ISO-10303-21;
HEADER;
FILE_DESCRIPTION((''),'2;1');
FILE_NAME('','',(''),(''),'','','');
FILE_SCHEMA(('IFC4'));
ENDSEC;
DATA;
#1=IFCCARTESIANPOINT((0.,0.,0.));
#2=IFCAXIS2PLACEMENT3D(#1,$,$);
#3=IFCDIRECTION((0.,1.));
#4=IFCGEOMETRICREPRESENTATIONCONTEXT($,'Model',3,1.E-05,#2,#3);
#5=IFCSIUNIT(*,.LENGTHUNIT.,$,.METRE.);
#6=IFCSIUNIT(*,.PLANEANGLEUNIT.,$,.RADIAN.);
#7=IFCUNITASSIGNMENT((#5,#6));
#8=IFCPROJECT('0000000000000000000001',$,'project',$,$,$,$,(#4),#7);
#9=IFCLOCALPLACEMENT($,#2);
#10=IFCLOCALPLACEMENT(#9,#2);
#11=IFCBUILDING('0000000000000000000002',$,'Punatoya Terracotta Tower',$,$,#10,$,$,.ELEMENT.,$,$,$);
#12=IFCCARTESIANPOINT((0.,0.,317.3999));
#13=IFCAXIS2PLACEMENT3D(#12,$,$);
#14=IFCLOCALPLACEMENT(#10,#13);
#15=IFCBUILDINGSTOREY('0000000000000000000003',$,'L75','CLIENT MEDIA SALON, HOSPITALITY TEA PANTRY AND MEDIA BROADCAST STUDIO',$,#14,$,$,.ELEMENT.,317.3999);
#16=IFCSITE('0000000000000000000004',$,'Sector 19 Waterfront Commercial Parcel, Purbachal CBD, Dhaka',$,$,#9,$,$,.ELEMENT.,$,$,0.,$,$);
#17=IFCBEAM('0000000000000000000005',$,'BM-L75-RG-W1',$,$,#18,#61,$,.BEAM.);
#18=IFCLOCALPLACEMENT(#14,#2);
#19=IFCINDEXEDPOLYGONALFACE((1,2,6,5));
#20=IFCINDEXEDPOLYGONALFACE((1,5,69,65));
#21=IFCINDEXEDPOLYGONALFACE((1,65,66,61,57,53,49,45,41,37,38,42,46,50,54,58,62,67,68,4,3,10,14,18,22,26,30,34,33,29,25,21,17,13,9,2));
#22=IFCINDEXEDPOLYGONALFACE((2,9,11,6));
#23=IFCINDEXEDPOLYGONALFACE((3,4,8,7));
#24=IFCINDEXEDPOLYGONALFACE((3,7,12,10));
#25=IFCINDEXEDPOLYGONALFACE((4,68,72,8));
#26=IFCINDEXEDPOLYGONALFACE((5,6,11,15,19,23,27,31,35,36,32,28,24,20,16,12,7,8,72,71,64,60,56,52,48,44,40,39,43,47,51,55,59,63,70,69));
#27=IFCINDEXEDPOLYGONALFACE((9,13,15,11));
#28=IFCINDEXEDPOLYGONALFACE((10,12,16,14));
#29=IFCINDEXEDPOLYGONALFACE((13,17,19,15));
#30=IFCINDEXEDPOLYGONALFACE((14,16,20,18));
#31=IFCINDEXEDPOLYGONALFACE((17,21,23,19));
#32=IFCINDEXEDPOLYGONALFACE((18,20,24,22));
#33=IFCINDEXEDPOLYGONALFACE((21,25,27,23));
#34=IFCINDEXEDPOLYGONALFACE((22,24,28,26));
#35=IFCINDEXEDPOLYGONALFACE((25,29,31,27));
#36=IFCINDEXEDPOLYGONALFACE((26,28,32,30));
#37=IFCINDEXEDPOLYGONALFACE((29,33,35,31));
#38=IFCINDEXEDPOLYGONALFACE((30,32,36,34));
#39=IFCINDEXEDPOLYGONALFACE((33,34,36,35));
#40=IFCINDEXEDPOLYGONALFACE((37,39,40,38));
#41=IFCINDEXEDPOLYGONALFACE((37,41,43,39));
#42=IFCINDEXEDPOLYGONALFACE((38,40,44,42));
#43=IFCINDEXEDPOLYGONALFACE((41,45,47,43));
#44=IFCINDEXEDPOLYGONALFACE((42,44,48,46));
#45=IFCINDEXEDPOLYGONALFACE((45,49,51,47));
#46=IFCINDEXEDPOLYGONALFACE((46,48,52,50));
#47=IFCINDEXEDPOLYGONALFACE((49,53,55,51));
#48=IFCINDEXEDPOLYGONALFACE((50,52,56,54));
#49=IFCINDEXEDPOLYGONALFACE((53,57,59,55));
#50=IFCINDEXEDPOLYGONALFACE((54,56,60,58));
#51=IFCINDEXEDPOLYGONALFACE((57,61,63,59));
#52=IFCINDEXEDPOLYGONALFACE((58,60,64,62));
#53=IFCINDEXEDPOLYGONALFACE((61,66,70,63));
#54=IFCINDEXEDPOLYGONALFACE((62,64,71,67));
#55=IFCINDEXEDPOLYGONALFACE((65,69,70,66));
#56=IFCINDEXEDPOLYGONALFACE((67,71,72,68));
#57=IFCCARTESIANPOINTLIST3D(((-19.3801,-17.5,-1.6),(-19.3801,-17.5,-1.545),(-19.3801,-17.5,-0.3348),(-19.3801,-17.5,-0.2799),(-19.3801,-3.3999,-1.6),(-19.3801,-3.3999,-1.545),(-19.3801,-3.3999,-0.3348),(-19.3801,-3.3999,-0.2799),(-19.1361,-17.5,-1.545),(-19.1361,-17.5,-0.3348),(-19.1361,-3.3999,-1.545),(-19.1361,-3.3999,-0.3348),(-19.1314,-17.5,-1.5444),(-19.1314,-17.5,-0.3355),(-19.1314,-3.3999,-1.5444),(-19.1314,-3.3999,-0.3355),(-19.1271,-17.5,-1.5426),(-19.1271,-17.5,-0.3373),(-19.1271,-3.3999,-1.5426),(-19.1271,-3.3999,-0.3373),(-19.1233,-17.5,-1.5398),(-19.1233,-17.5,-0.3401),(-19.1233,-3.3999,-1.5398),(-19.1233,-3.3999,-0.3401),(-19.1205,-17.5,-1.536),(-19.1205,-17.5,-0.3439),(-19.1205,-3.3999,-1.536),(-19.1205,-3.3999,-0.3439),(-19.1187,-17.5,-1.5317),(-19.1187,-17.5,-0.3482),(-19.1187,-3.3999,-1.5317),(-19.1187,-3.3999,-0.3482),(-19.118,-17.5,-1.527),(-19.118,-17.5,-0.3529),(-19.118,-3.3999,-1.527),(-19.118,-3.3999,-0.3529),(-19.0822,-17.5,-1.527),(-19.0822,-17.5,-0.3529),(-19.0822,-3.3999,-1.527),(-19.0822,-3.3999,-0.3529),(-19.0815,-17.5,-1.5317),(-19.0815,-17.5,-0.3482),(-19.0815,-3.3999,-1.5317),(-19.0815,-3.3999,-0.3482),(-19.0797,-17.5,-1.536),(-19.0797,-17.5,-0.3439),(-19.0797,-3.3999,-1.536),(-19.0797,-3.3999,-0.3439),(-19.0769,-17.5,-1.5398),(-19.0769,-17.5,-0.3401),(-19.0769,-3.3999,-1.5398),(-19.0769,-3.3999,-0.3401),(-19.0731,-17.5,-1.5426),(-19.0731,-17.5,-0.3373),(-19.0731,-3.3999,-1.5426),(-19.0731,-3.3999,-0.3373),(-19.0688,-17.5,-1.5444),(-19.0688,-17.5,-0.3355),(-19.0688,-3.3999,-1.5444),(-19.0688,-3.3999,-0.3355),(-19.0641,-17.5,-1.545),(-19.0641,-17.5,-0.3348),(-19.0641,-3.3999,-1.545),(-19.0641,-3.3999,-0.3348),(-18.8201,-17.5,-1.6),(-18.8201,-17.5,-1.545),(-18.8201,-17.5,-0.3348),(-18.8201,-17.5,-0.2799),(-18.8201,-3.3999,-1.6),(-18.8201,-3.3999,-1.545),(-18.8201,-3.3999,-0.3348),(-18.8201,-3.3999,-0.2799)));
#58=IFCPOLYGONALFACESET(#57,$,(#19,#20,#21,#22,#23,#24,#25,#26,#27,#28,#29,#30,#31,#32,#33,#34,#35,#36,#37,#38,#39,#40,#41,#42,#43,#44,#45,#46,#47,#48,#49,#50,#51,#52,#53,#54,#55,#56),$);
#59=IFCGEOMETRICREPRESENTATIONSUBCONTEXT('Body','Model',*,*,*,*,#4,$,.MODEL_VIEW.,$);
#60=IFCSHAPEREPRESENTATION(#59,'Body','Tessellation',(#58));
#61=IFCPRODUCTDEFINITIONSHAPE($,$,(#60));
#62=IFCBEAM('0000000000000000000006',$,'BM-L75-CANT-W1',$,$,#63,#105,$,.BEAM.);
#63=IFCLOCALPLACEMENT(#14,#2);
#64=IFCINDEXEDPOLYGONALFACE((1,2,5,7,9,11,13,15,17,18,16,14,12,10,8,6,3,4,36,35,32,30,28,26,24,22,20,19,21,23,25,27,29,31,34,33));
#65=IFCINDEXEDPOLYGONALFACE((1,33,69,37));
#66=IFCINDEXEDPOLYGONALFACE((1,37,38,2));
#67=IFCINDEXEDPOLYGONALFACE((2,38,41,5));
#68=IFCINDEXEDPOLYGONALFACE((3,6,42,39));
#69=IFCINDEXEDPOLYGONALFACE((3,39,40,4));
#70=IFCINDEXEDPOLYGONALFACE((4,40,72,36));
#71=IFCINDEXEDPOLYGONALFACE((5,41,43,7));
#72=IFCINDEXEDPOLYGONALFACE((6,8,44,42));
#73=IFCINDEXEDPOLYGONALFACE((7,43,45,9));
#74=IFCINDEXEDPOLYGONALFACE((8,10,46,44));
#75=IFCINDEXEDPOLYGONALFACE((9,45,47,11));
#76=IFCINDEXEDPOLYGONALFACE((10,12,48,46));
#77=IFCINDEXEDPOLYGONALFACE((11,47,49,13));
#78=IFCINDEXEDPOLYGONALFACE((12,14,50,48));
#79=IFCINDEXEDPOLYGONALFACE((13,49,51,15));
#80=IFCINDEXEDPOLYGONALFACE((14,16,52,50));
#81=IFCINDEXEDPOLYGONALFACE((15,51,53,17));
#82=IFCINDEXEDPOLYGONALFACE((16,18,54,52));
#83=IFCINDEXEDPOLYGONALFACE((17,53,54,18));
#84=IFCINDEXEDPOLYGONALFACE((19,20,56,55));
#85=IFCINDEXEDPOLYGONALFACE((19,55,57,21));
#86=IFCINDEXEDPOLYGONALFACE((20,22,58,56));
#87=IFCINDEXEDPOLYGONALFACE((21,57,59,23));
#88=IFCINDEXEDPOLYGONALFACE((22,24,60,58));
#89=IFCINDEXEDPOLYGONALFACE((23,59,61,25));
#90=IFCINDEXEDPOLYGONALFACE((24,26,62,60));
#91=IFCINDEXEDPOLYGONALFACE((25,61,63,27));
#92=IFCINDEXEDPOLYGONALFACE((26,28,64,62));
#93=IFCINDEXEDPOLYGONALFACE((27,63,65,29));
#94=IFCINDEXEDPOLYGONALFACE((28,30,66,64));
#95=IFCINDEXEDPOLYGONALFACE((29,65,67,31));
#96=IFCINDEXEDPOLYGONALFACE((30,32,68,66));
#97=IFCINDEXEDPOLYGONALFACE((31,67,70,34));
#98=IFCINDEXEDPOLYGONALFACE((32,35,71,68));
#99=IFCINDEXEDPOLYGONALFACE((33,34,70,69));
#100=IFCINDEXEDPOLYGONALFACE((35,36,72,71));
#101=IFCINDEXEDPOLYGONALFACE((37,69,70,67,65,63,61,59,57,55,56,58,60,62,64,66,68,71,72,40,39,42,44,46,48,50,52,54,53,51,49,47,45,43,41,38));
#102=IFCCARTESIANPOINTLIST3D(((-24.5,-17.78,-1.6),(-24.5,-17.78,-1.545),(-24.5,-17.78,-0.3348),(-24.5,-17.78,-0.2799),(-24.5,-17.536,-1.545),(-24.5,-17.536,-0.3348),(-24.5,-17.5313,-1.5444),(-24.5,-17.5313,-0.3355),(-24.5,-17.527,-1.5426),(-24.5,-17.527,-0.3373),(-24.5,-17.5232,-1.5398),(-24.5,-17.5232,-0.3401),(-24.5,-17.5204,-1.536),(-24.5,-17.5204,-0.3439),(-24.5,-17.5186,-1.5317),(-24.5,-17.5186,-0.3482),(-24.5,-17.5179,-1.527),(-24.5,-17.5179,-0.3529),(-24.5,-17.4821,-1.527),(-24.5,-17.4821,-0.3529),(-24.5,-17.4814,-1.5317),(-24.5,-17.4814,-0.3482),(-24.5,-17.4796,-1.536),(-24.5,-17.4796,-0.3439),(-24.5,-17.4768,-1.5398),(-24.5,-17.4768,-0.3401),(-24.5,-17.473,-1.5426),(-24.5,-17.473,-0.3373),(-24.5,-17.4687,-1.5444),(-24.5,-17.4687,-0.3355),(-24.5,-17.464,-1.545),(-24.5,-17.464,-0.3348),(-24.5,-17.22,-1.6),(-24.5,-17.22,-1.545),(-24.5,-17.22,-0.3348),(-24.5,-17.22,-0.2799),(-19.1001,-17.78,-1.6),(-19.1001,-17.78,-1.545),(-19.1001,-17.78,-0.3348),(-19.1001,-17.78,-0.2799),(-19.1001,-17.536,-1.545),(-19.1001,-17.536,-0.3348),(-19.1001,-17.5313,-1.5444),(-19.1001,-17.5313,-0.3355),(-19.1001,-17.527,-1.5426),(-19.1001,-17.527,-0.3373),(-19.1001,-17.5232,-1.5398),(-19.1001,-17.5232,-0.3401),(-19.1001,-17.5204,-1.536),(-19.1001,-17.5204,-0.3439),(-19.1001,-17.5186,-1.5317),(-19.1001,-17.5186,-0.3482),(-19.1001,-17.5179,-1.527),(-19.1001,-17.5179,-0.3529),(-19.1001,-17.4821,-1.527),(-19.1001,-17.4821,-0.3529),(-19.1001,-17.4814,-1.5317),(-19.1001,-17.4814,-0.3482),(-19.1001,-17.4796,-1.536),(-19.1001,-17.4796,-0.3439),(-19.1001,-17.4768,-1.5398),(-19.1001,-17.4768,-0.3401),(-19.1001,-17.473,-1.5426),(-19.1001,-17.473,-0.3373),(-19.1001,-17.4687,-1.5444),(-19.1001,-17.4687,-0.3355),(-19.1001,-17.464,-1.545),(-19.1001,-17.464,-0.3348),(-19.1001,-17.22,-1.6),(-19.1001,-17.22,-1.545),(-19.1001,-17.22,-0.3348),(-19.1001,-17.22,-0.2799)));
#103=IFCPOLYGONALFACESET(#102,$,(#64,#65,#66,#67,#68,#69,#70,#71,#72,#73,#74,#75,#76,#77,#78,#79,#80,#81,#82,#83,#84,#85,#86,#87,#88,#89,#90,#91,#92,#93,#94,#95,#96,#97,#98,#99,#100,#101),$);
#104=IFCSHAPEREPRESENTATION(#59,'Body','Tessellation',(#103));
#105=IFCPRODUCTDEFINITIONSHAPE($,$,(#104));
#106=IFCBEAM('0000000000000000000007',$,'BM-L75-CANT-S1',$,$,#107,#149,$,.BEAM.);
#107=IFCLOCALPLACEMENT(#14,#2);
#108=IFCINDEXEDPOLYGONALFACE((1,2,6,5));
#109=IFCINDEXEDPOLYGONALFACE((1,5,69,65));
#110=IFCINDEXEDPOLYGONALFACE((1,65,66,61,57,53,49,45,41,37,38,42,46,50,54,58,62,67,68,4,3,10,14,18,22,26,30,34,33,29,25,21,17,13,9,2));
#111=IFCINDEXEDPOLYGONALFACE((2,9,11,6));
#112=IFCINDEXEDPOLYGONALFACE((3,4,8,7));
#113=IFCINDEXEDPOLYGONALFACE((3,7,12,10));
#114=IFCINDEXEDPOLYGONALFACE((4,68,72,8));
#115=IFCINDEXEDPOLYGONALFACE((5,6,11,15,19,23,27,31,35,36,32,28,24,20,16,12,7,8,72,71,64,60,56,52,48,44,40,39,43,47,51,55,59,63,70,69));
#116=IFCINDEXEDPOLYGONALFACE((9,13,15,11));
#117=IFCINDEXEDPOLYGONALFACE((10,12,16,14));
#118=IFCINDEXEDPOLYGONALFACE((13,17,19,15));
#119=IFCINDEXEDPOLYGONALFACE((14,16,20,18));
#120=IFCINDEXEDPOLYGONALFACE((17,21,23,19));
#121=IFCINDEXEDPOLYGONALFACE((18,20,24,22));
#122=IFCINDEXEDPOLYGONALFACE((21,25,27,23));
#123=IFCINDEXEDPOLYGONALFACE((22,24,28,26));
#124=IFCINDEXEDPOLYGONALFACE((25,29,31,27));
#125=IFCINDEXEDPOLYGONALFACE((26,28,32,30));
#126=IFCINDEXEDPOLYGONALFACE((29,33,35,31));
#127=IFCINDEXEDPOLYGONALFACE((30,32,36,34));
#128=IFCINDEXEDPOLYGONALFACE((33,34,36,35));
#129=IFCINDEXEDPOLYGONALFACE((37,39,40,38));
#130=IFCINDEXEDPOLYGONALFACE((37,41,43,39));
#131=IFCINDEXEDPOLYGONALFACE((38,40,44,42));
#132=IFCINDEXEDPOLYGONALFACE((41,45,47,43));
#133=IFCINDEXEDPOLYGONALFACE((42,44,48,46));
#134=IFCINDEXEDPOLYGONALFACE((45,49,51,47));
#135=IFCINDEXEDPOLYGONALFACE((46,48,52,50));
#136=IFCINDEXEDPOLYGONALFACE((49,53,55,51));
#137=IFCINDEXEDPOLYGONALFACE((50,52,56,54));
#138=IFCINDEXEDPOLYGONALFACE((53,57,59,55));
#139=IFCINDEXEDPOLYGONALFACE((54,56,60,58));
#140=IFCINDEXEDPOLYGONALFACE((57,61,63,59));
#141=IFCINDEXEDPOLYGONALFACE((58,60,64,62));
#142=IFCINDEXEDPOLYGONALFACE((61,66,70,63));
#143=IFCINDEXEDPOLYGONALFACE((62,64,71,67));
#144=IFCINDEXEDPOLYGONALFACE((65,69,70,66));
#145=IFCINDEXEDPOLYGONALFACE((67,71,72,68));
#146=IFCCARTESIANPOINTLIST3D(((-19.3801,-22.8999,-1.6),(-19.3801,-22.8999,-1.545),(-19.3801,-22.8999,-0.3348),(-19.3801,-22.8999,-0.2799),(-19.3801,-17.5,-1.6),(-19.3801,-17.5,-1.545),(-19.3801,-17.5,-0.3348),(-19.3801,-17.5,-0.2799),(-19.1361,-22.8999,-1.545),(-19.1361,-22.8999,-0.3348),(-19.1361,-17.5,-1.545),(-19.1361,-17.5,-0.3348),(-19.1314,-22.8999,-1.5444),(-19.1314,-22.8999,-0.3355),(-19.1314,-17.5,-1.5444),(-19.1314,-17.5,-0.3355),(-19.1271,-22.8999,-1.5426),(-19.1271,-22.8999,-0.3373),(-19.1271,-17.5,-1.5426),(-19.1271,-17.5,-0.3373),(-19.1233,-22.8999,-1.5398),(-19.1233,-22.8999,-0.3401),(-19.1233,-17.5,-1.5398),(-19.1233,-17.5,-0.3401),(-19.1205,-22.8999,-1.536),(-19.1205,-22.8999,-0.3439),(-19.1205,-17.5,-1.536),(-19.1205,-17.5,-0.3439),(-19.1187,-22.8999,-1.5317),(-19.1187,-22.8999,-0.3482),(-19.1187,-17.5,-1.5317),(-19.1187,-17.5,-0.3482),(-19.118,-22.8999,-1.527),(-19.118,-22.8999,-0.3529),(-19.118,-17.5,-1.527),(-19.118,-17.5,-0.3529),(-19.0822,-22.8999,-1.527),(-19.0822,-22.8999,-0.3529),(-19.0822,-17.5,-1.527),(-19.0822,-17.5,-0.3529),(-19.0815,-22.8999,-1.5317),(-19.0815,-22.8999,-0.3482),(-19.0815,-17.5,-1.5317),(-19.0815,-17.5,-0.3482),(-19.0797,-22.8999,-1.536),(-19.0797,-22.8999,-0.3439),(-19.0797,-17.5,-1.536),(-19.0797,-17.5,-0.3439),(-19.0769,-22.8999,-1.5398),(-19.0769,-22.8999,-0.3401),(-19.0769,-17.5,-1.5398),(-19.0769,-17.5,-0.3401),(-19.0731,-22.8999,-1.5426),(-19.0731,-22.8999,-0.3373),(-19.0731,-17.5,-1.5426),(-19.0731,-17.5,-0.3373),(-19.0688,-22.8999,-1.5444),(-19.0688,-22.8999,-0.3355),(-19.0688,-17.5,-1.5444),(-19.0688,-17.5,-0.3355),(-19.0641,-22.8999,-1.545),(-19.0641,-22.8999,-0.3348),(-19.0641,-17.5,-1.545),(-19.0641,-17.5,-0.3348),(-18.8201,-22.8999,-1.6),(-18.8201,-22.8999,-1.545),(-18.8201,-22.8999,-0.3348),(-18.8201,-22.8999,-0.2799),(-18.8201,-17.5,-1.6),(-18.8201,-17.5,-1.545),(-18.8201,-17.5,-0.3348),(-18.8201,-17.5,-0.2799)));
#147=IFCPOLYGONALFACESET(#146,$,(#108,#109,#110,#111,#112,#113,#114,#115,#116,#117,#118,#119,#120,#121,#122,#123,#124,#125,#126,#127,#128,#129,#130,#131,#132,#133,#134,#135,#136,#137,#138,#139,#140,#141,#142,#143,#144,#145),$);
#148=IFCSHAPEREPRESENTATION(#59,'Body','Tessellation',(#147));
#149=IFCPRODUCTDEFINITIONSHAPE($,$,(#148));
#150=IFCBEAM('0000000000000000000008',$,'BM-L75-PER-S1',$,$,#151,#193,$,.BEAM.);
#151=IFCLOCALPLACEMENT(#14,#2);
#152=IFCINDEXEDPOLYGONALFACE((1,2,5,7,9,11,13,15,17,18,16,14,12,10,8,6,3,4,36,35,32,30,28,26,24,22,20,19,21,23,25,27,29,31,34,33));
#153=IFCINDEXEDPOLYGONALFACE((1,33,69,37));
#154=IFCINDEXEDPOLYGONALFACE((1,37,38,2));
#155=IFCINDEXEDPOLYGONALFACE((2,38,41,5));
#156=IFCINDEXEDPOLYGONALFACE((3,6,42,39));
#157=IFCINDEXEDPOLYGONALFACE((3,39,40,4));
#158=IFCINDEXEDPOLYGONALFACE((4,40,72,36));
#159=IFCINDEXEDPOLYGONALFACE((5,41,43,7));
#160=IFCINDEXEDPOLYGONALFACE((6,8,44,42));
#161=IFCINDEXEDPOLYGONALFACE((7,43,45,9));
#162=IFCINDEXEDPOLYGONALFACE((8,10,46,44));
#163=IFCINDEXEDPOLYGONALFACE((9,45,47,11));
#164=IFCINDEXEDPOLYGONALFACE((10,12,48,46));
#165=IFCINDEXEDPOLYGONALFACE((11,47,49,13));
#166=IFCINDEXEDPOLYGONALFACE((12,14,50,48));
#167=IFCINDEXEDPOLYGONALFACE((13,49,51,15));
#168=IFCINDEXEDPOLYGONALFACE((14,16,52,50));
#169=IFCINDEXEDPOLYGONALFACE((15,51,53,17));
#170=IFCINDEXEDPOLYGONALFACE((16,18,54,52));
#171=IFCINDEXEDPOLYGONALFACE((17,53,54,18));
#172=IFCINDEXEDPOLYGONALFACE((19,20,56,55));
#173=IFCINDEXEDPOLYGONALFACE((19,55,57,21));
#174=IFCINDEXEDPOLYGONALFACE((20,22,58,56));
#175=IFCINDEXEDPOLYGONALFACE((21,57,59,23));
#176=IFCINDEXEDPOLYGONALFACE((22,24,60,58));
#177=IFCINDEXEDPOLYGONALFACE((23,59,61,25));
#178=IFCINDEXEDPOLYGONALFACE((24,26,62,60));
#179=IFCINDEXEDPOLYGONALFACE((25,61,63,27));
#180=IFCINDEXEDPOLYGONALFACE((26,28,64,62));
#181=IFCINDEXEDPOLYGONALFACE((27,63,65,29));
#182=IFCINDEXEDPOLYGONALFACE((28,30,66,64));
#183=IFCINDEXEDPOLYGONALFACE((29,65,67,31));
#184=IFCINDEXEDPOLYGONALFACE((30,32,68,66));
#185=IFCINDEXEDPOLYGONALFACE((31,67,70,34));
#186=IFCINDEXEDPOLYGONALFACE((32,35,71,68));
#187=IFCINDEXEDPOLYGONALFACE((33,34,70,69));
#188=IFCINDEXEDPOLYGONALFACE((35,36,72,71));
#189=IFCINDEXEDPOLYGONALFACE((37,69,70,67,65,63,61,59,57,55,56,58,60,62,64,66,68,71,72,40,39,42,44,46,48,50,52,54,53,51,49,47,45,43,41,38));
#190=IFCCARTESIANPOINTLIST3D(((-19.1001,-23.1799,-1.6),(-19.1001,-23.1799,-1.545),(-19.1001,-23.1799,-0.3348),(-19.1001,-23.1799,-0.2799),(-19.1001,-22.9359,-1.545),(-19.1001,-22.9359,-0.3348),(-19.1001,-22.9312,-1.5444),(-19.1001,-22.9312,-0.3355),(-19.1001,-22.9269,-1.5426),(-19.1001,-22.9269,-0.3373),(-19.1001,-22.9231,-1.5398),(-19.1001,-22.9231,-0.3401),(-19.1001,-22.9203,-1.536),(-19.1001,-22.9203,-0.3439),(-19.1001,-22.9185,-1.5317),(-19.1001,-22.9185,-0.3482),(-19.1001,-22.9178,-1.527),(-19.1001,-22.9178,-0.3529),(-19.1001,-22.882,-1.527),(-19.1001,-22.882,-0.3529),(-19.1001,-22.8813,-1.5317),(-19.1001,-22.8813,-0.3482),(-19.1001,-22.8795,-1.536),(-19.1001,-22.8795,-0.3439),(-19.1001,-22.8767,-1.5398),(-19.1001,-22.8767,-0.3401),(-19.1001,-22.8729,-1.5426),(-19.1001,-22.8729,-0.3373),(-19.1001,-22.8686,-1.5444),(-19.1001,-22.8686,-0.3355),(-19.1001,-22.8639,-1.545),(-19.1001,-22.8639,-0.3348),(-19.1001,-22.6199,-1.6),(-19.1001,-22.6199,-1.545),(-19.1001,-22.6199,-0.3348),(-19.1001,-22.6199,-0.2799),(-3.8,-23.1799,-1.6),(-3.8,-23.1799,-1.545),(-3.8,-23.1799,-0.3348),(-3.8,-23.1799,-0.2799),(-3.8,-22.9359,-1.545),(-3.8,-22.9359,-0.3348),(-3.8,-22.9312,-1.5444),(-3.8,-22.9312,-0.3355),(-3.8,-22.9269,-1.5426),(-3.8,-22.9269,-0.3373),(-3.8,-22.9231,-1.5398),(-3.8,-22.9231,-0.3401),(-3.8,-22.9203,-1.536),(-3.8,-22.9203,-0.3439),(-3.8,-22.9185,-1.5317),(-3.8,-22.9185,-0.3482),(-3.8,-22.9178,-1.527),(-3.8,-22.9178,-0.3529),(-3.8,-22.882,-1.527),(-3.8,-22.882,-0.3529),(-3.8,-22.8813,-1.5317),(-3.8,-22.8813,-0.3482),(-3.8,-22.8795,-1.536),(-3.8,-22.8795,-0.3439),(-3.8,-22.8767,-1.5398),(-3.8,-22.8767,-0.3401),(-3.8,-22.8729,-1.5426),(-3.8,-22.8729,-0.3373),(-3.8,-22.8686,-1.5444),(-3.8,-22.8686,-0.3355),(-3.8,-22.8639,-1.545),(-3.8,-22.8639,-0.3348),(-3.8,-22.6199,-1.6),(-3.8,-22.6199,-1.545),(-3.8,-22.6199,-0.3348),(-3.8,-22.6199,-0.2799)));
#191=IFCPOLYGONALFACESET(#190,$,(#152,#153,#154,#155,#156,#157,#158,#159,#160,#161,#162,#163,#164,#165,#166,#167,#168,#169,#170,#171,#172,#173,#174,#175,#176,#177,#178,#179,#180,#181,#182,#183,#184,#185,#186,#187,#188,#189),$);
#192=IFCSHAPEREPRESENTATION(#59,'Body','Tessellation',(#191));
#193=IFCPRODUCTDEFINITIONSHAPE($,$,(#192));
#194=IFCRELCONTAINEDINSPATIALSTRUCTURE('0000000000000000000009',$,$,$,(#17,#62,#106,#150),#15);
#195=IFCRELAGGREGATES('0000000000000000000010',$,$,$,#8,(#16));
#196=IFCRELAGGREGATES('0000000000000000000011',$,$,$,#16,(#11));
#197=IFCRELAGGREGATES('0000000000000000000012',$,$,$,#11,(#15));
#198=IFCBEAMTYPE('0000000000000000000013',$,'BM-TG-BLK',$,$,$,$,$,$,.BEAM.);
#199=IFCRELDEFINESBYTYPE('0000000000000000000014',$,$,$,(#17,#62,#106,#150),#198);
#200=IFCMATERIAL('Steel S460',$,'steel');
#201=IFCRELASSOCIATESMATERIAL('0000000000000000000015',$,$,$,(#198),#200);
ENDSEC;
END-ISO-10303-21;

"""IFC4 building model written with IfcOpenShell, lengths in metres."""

from ifc_helpers import new_model, si_unit, direction, frame, origin, origin_2d, place, context, subcontext, project, spatial, i_section, extrude, material, material_profile, profile_set, type_object, element, save


model = new_model("IFC4")

# Units and contexts
model_context = context("Model", 3, precision=1e-05, world=origin(), true_north=direction((0.0, 1.0)))
body_context = subcontext(model_context, "Body", "Model", "MODEL_VIEW")
ifc_project = project(units=[si_unit("LENGTHUNIT", "METRE"), si_unit("PLANEANGLEUNIT", "RADIAN")], contexts=[model_context])

# Site, building, storey
site_placement = place(None, origin())
site = spatial("IfcSite", under=ifc_project, at=site_placement, Name="Sector 19 Waterfront Commercial Parcel, Purbachal CBD, Dhaka", CompositionType="ELEMENT", RefElevation=0.0)
building_placement = place(site_placement, origin())
building = spatial("IfcBuilding", under=site, at=building_placement, Name="Punatoya Terracotta Tower", CompositionType="ELEMENT")
storey_placement = place(building_placement, frame((0.0, 0.0, 317.3999)))
storey = spatial("IfcBuildingStorey", under=building, at=storey_placement, Name="L75", Description="CLIENT MEDIA SALON, HOSPITALITY TEA PANTRY AND MEDIA BROADCAST STUDIO", CompositionType="ELEMENT", Elevation=317.3999)

# Shared definitions
ifc_material_1 = material(Name="Steel S460", Category="steel")

# Beams
ifc_material_profile_1 = material_profile(ifc_material_1, i_section(OverallWidth=0.5601, OverallDepth=1.3201, WebThickness=0.0359, FlangeThickness=0.0549, FilletRadius=0.0181, at=origin_2d()))
ifc_profile_set_1 = profile_set([ifc_material_profile_1], Name="Steel S460")
beam_type = type_object("IfcBeamType", Name="BM-TG-BLK", PredefinedType="BEAM", material=ifc_profile_set_1)
beam_1_placement = place(storey_placement, frame((-19.1001, -17.5, -0.9399), z_axis=(0.0, 1.0, 0.0), x_axis=(-1.0, 0.0, 0.0)))
element("IfcBeam", 1, at=beam_1_placement, inside=storey, type_object=beam_type, Name="BM-L75-RG-W1", PredefinedType="BEAM", context=body_context, shape_type="SweptSolid", body=[
    extrude(i_section(OverallWidth=0.5601, OverallDepth=1.3201, WebThickness=0.0359, FlangeThickness=0.0549, FilletRadius=0.0181, at=origin_2d()), origin(), (0.0, 0.0, 1.0), 14.1001),
])
for number, where, z_axis, x_axis, name in (
    (2, (-24.5, -17.5, -0.9399), (1.0, 0.0, 0.0), (0.0, 1.0, 0.0), "BM-L75-CANT-W1"),
    (3, (-19.1001, -22.8999, -0.9399), (0.0, 1.0, 0.0), (-1.0, 0.0, 0.0), "BM-L75-CANT-S1"),
):
    element("IfcBeam", number, at=place(storey_placement, frame(where, z_axis=z_axis, x_axis=x_axis)), inside=storey, type_object=beam_type, Name=name, PredefinedType="BEAM", context=body_context, shape_type="SweptSolid", body=[
        extrude(i_section(OverallWidth=0.5601, OverallDepth=1.3201, WebThickness=0.0359, FlangeThickness=0.0549, FilletRadius=0.0181, at=origin_2d()), origin(), (0.0, 0.0, 1.0), 5.3999),
    ])
beam_2_placement = place(storey_placement, frame((-19.1001, -22.8999, -0.9399), z_axis=(1.0, 0.0, 0.0), x_axis=(0.0, 1.0, 0.0)))
element("IfcBeam", 4, at=beam_2_placement, inside=storey, type_object=beam_type, Name="BM-L75-PER-S1", PredefinedType="BEAM", context=body_context, shape_type="SweptSolid", body=[
    extrude(i_section(OverallWidth=0.5601, OverallDepth=1.3201, WebThickness=0.0359, FlangeThickness=0.0549, FilletRadius=0.0181, at=origin_2d()), origin(), (0.0, 0.0, 1.0), 15.3),
])

save(model, "model.ifc")
